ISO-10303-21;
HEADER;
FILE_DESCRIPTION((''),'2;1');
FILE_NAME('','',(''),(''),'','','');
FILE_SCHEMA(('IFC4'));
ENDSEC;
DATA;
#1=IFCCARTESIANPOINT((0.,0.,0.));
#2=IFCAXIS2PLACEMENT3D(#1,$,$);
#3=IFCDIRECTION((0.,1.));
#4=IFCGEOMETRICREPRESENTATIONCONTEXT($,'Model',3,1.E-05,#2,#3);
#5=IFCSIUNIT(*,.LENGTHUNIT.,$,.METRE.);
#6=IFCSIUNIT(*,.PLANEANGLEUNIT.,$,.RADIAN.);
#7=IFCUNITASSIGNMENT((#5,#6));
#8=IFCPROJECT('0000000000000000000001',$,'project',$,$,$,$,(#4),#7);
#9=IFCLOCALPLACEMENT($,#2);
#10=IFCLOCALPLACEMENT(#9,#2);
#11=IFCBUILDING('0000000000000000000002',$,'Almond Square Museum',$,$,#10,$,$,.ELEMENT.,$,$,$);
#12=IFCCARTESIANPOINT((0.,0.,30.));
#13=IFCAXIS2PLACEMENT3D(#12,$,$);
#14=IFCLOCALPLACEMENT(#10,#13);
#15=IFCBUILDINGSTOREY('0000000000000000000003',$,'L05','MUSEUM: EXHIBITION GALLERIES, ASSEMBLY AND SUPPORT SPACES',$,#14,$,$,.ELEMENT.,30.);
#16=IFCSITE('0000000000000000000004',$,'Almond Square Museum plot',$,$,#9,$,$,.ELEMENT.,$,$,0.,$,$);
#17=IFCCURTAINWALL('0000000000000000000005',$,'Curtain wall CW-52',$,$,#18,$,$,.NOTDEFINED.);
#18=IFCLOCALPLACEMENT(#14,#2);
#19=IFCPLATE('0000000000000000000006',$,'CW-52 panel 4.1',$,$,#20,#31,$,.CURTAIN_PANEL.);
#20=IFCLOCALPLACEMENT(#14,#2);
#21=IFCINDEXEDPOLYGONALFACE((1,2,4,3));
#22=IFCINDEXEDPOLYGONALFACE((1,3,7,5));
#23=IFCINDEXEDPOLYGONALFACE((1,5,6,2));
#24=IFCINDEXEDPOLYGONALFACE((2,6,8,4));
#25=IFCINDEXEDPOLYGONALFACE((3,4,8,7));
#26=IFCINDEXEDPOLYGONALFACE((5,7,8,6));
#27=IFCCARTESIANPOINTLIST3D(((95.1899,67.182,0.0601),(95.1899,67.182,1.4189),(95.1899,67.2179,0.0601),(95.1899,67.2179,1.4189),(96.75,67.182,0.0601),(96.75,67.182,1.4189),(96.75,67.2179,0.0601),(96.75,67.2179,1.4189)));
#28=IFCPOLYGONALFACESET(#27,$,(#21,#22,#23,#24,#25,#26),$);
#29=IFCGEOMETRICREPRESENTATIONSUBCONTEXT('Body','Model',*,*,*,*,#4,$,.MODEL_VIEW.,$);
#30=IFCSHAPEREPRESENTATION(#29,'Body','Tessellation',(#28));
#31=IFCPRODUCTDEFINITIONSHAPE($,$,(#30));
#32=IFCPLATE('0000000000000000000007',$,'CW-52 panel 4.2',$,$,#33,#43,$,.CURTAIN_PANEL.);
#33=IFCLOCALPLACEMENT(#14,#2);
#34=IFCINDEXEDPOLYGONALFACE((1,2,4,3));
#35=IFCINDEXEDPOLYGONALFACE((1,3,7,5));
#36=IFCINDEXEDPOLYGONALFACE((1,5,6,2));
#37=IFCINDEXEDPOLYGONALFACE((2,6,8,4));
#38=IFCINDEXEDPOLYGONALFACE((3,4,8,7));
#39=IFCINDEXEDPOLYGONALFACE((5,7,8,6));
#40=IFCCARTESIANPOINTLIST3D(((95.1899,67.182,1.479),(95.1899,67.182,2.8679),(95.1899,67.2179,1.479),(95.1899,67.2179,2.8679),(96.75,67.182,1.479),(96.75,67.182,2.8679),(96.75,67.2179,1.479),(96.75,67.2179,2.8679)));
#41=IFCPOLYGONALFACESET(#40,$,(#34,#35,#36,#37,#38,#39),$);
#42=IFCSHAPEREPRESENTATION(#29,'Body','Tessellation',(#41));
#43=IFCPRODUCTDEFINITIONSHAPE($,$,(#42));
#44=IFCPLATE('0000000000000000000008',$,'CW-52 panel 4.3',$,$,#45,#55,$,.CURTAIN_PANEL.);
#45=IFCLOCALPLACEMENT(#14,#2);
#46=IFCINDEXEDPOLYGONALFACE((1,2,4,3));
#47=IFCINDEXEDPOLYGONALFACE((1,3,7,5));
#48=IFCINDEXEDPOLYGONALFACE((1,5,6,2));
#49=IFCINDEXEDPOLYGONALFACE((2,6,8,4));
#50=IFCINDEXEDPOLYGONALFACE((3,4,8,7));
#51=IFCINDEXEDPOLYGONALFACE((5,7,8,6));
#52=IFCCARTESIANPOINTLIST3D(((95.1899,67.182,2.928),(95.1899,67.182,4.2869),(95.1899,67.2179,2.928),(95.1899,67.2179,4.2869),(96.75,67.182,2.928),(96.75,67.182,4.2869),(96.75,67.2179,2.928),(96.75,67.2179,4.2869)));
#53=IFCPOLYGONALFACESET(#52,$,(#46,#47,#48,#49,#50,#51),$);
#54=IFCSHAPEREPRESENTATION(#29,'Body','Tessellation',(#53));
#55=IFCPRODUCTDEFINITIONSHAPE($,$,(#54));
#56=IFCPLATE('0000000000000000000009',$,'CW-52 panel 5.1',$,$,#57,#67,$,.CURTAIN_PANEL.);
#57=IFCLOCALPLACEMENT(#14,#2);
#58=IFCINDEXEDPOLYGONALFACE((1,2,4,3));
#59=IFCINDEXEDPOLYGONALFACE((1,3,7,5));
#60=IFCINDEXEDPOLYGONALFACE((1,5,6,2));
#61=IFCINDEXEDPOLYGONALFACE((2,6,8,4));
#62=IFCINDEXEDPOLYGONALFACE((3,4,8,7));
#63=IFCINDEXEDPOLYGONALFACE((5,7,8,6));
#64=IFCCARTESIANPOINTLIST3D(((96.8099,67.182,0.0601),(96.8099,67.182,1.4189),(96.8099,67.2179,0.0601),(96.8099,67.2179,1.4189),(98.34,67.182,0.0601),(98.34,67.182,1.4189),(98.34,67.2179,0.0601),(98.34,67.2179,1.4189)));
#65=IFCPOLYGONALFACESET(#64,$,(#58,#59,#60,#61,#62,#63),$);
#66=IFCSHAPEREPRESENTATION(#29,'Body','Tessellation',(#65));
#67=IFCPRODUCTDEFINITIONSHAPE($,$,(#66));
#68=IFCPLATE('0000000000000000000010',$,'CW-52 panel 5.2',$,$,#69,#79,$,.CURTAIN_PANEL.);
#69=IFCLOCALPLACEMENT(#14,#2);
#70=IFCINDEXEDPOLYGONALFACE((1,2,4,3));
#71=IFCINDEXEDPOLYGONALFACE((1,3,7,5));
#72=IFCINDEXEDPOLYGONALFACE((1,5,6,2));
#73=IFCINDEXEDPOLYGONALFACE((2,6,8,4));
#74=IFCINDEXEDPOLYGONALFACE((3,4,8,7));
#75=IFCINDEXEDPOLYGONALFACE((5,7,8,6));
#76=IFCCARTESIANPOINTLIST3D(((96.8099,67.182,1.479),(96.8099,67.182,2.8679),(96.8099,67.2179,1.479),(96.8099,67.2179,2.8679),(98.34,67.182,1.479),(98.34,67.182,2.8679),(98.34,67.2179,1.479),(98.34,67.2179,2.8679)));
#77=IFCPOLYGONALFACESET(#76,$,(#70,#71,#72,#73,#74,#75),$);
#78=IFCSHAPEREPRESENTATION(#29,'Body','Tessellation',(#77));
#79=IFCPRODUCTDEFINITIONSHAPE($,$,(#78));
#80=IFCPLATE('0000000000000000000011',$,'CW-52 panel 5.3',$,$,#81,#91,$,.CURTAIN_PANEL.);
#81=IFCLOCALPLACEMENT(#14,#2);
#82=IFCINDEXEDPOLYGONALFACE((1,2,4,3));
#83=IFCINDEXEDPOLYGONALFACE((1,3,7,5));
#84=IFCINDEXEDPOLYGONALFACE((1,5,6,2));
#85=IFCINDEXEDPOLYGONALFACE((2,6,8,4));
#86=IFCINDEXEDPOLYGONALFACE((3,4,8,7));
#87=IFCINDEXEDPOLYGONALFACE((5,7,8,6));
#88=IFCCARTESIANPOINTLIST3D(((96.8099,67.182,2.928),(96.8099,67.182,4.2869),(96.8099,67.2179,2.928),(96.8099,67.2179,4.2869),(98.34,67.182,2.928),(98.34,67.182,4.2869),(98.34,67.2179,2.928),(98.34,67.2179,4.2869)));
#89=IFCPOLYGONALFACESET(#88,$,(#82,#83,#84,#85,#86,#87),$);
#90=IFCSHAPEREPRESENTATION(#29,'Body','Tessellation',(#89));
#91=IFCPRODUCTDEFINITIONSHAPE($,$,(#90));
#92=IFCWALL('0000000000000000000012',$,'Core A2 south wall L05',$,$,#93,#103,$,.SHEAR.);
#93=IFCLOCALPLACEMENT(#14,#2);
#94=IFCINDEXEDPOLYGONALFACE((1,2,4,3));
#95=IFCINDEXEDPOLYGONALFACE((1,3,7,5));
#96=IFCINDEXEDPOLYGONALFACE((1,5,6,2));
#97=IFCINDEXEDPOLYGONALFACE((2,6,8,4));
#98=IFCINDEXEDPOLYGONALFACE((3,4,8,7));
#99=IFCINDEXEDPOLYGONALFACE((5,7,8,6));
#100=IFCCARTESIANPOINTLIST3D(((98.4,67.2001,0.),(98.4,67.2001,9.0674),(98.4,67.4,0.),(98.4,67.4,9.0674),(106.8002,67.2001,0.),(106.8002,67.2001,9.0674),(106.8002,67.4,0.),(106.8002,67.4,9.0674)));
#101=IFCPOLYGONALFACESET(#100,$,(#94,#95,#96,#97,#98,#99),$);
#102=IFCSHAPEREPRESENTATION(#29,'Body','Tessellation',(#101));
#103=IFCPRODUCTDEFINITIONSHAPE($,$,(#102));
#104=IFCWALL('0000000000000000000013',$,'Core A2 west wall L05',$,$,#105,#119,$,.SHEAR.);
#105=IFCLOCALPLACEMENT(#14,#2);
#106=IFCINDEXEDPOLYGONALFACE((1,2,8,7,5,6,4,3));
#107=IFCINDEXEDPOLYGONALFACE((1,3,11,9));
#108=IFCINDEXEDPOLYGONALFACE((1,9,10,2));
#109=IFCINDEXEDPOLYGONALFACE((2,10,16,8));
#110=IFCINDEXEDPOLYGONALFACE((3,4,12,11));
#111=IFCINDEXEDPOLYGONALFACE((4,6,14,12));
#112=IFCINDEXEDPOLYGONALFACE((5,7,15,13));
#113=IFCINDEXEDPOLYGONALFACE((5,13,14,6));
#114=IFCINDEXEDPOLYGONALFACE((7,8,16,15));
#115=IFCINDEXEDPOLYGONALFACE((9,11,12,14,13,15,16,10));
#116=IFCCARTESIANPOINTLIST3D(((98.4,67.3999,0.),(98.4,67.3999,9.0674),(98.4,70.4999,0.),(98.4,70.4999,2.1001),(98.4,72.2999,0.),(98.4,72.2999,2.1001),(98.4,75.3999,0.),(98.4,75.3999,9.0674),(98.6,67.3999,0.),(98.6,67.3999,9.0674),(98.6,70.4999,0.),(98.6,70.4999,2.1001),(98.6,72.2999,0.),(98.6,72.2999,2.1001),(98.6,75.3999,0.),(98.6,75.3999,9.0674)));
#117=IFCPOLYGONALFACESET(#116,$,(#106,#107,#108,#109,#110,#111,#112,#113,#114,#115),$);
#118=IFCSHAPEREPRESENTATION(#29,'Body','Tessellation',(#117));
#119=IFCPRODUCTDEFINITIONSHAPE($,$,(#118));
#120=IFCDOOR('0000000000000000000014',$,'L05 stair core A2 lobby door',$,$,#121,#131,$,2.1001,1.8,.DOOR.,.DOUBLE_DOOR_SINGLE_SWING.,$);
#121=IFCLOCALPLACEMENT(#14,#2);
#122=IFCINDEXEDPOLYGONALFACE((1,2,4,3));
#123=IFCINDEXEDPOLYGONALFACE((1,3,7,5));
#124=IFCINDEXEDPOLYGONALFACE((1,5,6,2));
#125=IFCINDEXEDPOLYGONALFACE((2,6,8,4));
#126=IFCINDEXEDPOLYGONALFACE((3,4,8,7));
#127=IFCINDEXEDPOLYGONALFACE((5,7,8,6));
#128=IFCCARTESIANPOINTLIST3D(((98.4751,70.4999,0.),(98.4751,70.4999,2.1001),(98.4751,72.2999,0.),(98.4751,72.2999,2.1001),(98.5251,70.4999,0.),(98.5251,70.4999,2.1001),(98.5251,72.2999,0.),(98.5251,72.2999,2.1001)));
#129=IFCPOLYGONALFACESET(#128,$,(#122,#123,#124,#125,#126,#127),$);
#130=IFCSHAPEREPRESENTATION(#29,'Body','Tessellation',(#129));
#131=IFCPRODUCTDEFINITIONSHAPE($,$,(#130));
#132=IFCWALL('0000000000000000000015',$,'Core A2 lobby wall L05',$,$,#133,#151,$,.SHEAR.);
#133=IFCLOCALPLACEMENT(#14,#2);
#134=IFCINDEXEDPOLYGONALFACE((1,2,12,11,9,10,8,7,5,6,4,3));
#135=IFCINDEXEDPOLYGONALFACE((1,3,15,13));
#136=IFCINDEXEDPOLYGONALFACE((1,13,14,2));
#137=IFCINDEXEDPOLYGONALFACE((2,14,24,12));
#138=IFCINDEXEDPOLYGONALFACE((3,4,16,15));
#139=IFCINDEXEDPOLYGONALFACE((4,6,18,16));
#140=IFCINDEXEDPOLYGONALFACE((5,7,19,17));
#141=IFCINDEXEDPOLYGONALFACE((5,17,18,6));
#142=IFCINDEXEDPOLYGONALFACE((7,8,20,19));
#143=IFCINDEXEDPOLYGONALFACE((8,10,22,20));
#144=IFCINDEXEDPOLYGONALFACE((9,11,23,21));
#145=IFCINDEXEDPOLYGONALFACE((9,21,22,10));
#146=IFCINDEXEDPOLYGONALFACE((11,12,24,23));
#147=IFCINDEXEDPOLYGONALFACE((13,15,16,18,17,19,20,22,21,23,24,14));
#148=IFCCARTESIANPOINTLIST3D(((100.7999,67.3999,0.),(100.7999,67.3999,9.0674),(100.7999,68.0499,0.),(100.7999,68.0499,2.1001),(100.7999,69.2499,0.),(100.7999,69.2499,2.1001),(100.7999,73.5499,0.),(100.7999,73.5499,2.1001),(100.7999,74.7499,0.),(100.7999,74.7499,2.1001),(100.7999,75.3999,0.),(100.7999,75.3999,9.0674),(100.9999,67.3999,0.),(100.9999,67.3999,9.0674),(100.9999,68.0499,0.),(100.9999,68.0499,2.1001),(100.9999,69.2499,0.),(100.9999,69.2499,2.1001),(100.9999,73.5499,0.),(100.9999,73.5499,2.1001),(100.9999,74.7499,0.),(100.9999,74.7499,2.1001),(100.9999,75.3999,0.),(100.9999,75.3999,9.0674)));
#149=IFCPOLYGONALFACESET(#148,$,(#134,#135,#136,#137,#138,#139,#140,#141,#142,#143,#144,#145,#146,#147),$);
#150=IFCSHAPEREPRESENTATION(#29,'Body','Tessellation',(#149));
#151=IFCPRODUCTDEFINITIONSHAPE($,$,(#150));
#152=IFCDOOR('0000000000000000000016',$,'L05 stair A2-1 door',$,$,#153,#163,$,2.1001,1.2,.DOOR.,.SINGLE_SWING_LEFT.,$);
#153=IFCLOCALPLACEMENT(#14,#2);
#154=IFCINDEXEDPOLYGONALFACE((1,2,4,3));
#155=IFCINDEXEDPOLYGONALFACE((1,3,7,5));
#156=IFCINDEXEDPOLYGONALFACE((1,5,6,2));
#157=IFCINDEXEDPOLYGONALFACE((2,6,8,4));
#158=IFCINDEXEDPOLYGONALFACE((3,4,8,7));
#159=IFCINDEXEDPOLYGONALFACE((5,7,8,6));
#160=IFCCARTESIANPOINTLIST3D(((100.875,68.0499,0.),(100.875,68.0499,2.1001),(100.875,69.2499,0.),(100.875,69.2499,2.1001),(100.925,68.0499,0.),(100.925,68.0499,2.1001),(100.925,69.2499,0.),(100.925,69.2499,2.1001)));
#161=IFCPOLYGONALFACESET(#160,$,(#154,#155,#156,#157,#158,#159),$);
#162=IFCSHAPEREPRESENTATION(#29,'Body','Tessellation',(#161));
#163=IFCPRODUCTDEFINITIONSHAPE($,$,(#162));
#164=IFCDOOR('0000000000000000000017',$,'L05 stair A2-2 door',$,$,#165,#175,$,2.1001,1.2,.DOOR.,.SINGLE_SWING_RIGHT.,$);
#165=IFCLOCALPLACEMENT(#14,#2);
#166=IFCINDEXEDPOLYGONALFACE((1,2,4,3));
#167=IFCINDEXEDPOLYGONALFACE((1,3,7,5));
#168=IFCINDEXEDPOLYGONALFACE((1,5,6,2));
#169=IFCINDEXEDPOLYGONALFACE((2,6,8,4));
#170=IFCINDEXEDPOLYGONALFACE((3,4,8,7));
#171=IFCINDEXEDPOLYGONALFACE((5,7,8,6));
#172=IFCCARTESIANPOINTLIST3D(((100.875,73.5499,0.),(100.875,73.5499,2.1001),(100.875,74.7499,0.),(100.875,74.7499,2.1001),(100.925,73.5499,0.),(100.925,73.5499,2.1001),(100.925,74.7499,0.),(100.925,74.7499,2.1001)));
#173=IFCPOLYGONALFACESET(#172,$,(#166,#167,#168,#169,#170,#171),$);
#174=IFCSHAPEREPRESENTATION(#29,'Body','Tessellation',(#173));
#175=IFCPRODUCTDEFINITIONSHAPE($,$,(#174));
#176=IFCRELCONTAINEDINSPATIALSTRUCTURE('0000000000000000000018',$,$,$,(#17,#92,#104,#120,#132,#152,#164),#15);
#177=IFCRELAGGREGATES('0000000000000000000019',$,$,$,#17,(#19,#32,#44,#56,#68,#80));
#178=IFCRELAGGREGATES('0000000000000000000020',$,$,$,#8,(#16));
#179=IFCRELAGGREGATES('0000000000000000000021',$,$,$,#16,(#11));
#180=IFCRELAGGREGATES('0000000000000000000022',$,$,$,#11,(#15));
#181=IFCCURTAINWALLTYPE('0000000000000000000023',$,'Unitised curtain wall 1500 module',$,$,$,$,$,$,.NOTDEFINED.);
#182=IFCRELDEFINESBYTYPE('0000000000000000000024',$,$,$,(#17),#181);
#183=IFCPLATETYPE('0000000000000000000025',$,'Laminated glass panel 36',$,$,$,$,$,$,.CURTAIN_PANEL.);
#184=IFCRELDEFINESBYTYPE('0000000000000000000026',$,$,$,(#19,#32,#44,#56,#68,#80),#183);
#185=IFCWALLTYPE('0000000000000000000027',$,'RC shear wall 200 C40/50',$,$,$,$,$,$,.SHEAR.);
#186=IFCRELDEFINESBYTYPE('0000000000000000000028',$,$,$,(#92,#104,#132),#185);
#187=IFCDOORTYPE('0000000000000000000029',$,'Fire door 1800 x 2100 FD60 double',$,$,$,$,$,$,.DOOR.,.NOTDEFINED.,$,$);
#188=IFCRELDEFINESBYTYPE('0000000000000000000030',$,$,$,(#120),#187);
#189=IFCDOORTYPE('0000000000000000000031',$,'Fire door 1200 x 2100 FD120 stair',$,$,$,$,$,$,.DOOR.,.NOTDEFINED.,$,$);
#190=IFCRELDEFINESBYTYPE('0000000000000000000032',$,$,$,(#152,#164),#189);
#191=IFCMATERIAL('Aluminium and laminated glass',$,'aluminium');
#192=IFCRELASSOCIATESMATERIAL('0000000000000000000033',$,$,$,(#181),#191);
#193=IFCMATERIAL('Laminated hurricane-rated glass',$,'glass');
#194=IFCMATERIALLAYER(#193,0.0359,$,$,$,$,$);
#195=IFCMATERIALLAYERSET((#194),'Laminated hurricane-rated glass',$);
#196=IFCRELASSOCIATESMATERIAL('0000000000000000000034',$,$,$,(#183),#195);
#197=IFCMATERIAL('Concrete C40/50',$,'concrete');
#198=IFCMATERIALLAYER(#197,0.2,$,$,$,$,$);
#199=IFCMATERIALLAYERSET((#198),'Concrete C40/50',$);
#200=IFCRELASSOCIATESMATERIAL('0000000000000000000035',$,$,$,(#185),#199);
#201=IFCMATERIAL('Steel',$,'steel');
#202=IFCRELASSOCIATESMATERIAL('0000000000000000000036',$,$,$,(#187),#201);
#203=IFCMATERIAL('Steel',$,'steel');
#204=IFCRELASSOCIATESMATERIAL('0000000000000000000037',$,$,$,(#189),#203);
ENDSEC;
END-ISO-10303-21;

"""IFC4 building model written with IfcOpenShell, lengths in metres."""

from ifc_helpers import new_model, si_unit, direction, frame, frame_2d, origin, origin_2d, place, context, subcontext, project, spatial, rectangle, extrude, material, layer, layer_set, type_object, element, fill, aggregate, save


model = new_model("IFC4")

# Units and contexts
model_context = context("Model", 3, precision=1e-05, world=origin(), true_north=direction((0.0, 1.0)))
body_context = subcontext(model_context, "Body", "Model", "MODEL_VIEW")
ifc_project = project(units=[si_unit("LENGTHUNIT", "METRE"), si_unit("PLANEANGLEUNIT", "RADIAN")], contexts=[model_context])

# Site, building, storey
site_placement = place(None, origin())
site = spatial("IfcSite", under=ifc_project, at=site_placement, Name="Almond Square Museum plot", CompositionType="ELEMENT", RefElevation=0.0)
building_placement = place(site_placement, origin())
building = spatial("IfcBuilding", under=site, at=building_placement, Name="Almond Square Museum", CompositionType="ELEMENT")
storey_placement = place(building_placement, frame((0.0, 0.0, 30.0)))
storey = spatial("IfcBuildingStorey", under=building, at=storey_placement, Name="L05", Description="MUSEUM: EXHIBITION GALLERIES, ASSEMBLY AND SUPPORT SPACES", CompositionType="ELEMENT", Elevation=30.0)

# Curtain wall
ifc_material_1 = material(Name="Aluminium and laminated glass", Category="aluminium")
curtain_wall_type = type_object("IfcCurtainWallType", Name="Unitised curtain wall 1500 module", PredefinedType="NOTDEFINED", material=ifc_material_1)
curtain_wall_placement = place(storey_placement, origin())
curtain_wall = element("IfcCurtainWall", 1, at=curtain_wall_placement, inside=storey, type_object=curtain_wall_type, Name="Curtain wall CW-52", PredefinedType="NOTDEFINED")

# Plates
ifc_material_2 = material(Name="Laminated hurricane-rated glass", Category="glass")
ifc_layer_1 = layer(ifc_material_2, 0.0359)
ifc_layer_set_1 = layer_set([ifc_layer_1], Name="Laminated hurricane-rated glass")
plate_type = type_object("IfcPlateType", Name="Laminated glass panel 36", PredefinedType="CURTAIN_PANEL", material=ifc_layer_set_1)
plate_1_placement = place(storey_placement, frame((95.97, 67.2, 0.0601), z_axis=(0.0, 0.0, 1.0), x_axis=(1.0, 0.0, 0.0)))
plate_1 = element("IfcPlate", 2, at=plate_1_placement, type_object=plate_type, Name="CW-52 panel 4.1", PredefinedType="CURTAIN_PANEL", context=body_context, shape_type="SweptSolid", body=[
    extrude(rectangle(XDim=1.5601, YDim=0.0359, at=origin_2d()), origin(), (0.0, 0.0, 1.0), 1.3589),
])
plate_2_placement = place(storey_placement, frame((95.97, 67.2, 1.479), z_axis=(0.0, 0.0, 1.0), x_axis=(1.0, 0.0, 0.0)))
plate_2 = element("IfcPlate", 3, at=plate_2_placement, type_object=plate_type, Name="CW-52 panel 4.2", PredefinedType="CURTAIN_PANEL", context=body_context, shape_type="SweptSolid", body=[
    extrude(rectangle(XDim=1.5601, YDim=0.0359, at=origin_2d()), origin(), (0.0, 0.0, 1.0), 1.3889),
])
plate_3_placement = place(storey_placement, frame((95.97, 67.2, 2.928), z_axis=(0.0, 0.0, 1.0), x_axis=(1.0, 0.0, 0.0)))
plate_3 = element("IfcPlate", 4, at=plate_3_placement, type_object=plate_type, Name="CW-52 panel 4.3", PredefinedType="CURTAIN_PANEL", context=body_context, shape_type="SweptSolid", body=[
    extrude(rectangle(XDim=1.5601, YDim=0.0359, at=origin_2d()), origin(), (0.0, 0.0, 1.0), 1.3589),
])
plate_4_placement = place(storey_placement, frame((97.575, 67.2, 0.0601), z_axis=(0.0, 0.0, 1.0), x_axis=(1.0, 0.0, 0.0)))
plate_4 = element("IfcPlate", 5, at=plate_4_placement, type_object=plate_type, Name="CW-52 panel 5.1", PredefinedType="CURTAIN_PANEL", context=body_context, shape_type="SweptSolid", body=[
    extrude(rectangle(XDim=1.53, YDim=0.0359, at=origin_2d()), origin(), (0.0, 0.0, 1.0), 1.3589),
])
plate_5_placement = place(storey_placement, frame((97.575, 67.2, 1.479), z_axis=(0.0, 0.0, 1.0), x_axis=(1.0, 0.0, 0.0)))
plate_5 = element("IfcPlate", 6, at=plate_5_placement, type_object=plate_type, Name="CW-52 panel 5.2", PredefinedType="CURTAIN_PANEL", context=body_context, shape_type="SweptSolid", body=[
    extrude(rectangle(XDim=1.53, YDim=0.0359, at=origin_2d()), origin(), (0.0, 0.0, 1.0), 1.3889),
])
plate_6_placement = place(storey_placement, frame((97.575, 67.2, 2.928), z_axis=(0.0, 0.0, 1.0), x_axis=(1.0, 0.0, 0.0)))
plate_6 = element("IfcPlate", 7, at=plate_6_placement, type_object=plate_type, Name="CW-52 panel 5.3", PredefinedType="CURTAIN_PANEL", context=body_context, shape_type="SweptSolid", body=[
    extrude(rectangle(XDim=1.53, YDim=0.0359, at=origin_2d()), origin(), (0.0, 0.0, 1.0), 1.3589),
])
aggregate(curtain_wall, [plate_1, plate_2, plate_3, plate_4, plate_5, plate_6])

# Wall
ifc_material_3 = material(Name="Concrete C40/50", Category="concrete")
ifc_layer_2 = layer(ifc_material_3, 0.2)
ifc_layer_set_2 = layer_set([ifc_layer_2], Name="Concrete C40/50")
wall_type = type_object("IfcWallType", Name="RC shear wall 200 C40/50", PredefinedType="SHEAR", material=ifc_layer_set_2)
wall_1_placement = place(storey_placement, frame((98.3999, 67.3, 0.0), z_axis=(0.0, 0.0, 1.0), x_axis=(1.0, 0.0, 0.0)))
element("IfcWall", 8, at=wall_1_placement, inside=storey, type_object=wall_type, Name="Core A2 south wall L05", PredefinedType="SHEAR", context=body_context, shape_type="SweptSolid", body=[
    extrude(rectangle(XDim=8.4001, YDim=0.2, at=frame_2d((4.2002, 0.0))), origin(), (0.0, 0.0, 1.0), 9.0674),
])

# Wall, opening, door
wall_2_placement = place(storey_placement, frame((98.5, 67.3999, 0.0), z_axis=(0.0, 0.0, 1.0), x_axis=(0.0, 1.0, 0.0)))
wall_2 = element("IfcWall", 9, at=wall_2_placement, inside=storey, type_object=wall_type, Name="Core A2 west wall L05", PredefinedType="SHEAR", context=body_context, shape_type="SweptSolid", body=[
    extrude(rectangle(XDim=8.0, YDim=0.2, at=frame_2d((4.0, 0.0))), origin(), (0.0, 0.0, 1.0), 9.0674),
])
opening_1_placement = place(wall_2_placement, frame((3.1001, 0.0, 0.0)))
opening_1 = element("IfcOpeningElement", 10, at=opening_1_placement, cuts=wall_2, PredefinedType="OPENING", context=body_context, shape_type="SweptSolid", body=[
    extrude(rectangle(XDim=1.8, YDim=2.1001, at=frame_2d((0.8999, 1.05))), frame((0.0, 0.1099, 0.0), z_axis=(0.0, -1.0, 0.0), x_axis=(1.0, 0.0, 0.0)), (0.0, 0.0, 1.0), 0.22),
])
ifc_material_4 = material(Name="Steel", Category="steel")
door_type_1 = type_object("IfcDoorType", Name="Fire door 1800 x 2100 FD60 double", OperationType="NOTDEFINED", PredefinedType="DOOR", material=ifc_material_4)
door_1_placement = place(opening_1_placement, origin())
door_1 = element("IfcDoor", 11, at=door_1_placement, inside=storey, type_object=door_type_1, Name="L05 stair core A2 lobby door", OperationType="DOUBLE_DOOR_SINGLE_SWING", OverallHeight=2.1001, OverallWidth=1.8, PredefinedType="DOOR", context=body_context, shape_type="SweptSolid", body=[
    extrude(rectangle(XDim=1.8, YDim=2.1001, at=frame_2d((0.8999, 1.05))), frame((0.0, 0.0249, 0.0), z_axis=(0.0, -1.0, 0.0), x_axis=(1.0, 0.0, 0.0)), (0.0, 0.0, 1.0), 0.05),
])
fill(opening_1, door_1)

# Wall, openings, doors
wall_3_placement = place(storey_placement, frame((100.8999, 67.3999, 0.0), z_axis=(0.0, 0.0, 1.0), x_axis=(0.0, 1.0, 0.0)))
wall_3 = element("IfcWall", 12, at=wall_3_placement, inside=storey, type_object=wall_type, Name="Core A2 lobby wall L05", PredefinedType="SHEAR", context=body_context, shape_type="SweptSolid", body=[
    extrude(rectangle(XDim=8.0, YDim=0.2, at=frame_2d((4.0, 0.0))), origin(), (0.0, 0.0, 1.0), 9.0674),
])
opening_2_placement = place(wall_3_placement, frame((0.6499, 0.0, 0.0)))
opening_2 = element("IfcOpeningElement", 13, at=opening_2_placement, cuts=wall_3, PredefinedType="OPENING", context=body_context, shape_type="SweptSolid", body=[
    extrude(rectangle(XDim=1.2, YDim=2.1001, at=frame_2d((0.6001, 1.05))), frame((0.0, 0.1099, 0.0), z_axis=(0.0, -1.0, 0.0), x_axis=(1.0, 0.0, 0.0)), (0.0, 0.0, 1.0), 0.22),
])
opening_3_placement = place(wall_3_placement, frame((6.1499, 0.0, 0.0)))
opening_3 = element("IfcOpeningElement", 14, at=opening_3_placement, cuts=wall_3, PredefinedType="OPENING", context=body_context, shape_type="SweptSolid", body=[
    extrude(rectangle(XDim=1.2, YDim=2.1001, at=frame_2d((0.6001, 1.05))), frame((0.0, 0.1099, 0.0), z_axis=(0.0, -1.0, 0.0), x_axis=(1.0, 0.0, 0.0)), (0.0, 0.0, 1.0), 0.22),
])
ifc_material_5 = material(Name="Steel", Category="steel")
door_type_2 = type_object("IfcDoorType", Name="Fire door 1200 x 2100 FD120 stair", OperationType="NOTDEFINED", PredefinedType="DOOR", material=ifc_material_5)
door_2_placement = place(opening_2_placement, origin())
door_2 = element("IfcDoor", 15, at=door_2_placement, inside=storey, type_object=door_type_2, Name="L05 stair A2-1 door", OperationType="SINGLE_SWING_LEFT", OverallHeight=2.1001, OverallWidth=1.2, PredefinedType="DOOR", context=body_context, shape_type="SweptSolid", body=[
    extrude(rectangle(XDim=1.2, YDim=2.1001, at=frame_2d((0.6001, 1.05))), frame((0.0, 0.0249, 0.0), z_axis=(0.0, -1.0, 0.0), x_axis=(1.0, 0.0, 0.0)), (0.0, 0.0, 1.0), 0.05),
])
fill(opening_2, door_2)
door_3_placement = place(opening_3_placement, origin())
door_3 = element("IfcDoor", 16, at=door_3_placement, inside=storey, type_object=door_type_2, Name="L05 stair A2-2 door", OperationType="SINGLE_SWING_RIGHT", OverallHeight=2.1001, OverallWidth=1.2, PredefinedType="DOOR", context=body_context, shape_type="SweptSolid", body=[
    extrude(rectangle(XDim=1.2, YDim=2.1001, at=frame_2d((0.6001, 1.05))), frame((0.0, 0.0249, 0.0), z_axis=(0.0, -1.0, 0.0), x_axis=(1.0, 0.0, 0.0)), (0.0, 0.0, 1.0), 0.05),
])
fill(opening_3, door_3)

save(model, "model.ifc")
